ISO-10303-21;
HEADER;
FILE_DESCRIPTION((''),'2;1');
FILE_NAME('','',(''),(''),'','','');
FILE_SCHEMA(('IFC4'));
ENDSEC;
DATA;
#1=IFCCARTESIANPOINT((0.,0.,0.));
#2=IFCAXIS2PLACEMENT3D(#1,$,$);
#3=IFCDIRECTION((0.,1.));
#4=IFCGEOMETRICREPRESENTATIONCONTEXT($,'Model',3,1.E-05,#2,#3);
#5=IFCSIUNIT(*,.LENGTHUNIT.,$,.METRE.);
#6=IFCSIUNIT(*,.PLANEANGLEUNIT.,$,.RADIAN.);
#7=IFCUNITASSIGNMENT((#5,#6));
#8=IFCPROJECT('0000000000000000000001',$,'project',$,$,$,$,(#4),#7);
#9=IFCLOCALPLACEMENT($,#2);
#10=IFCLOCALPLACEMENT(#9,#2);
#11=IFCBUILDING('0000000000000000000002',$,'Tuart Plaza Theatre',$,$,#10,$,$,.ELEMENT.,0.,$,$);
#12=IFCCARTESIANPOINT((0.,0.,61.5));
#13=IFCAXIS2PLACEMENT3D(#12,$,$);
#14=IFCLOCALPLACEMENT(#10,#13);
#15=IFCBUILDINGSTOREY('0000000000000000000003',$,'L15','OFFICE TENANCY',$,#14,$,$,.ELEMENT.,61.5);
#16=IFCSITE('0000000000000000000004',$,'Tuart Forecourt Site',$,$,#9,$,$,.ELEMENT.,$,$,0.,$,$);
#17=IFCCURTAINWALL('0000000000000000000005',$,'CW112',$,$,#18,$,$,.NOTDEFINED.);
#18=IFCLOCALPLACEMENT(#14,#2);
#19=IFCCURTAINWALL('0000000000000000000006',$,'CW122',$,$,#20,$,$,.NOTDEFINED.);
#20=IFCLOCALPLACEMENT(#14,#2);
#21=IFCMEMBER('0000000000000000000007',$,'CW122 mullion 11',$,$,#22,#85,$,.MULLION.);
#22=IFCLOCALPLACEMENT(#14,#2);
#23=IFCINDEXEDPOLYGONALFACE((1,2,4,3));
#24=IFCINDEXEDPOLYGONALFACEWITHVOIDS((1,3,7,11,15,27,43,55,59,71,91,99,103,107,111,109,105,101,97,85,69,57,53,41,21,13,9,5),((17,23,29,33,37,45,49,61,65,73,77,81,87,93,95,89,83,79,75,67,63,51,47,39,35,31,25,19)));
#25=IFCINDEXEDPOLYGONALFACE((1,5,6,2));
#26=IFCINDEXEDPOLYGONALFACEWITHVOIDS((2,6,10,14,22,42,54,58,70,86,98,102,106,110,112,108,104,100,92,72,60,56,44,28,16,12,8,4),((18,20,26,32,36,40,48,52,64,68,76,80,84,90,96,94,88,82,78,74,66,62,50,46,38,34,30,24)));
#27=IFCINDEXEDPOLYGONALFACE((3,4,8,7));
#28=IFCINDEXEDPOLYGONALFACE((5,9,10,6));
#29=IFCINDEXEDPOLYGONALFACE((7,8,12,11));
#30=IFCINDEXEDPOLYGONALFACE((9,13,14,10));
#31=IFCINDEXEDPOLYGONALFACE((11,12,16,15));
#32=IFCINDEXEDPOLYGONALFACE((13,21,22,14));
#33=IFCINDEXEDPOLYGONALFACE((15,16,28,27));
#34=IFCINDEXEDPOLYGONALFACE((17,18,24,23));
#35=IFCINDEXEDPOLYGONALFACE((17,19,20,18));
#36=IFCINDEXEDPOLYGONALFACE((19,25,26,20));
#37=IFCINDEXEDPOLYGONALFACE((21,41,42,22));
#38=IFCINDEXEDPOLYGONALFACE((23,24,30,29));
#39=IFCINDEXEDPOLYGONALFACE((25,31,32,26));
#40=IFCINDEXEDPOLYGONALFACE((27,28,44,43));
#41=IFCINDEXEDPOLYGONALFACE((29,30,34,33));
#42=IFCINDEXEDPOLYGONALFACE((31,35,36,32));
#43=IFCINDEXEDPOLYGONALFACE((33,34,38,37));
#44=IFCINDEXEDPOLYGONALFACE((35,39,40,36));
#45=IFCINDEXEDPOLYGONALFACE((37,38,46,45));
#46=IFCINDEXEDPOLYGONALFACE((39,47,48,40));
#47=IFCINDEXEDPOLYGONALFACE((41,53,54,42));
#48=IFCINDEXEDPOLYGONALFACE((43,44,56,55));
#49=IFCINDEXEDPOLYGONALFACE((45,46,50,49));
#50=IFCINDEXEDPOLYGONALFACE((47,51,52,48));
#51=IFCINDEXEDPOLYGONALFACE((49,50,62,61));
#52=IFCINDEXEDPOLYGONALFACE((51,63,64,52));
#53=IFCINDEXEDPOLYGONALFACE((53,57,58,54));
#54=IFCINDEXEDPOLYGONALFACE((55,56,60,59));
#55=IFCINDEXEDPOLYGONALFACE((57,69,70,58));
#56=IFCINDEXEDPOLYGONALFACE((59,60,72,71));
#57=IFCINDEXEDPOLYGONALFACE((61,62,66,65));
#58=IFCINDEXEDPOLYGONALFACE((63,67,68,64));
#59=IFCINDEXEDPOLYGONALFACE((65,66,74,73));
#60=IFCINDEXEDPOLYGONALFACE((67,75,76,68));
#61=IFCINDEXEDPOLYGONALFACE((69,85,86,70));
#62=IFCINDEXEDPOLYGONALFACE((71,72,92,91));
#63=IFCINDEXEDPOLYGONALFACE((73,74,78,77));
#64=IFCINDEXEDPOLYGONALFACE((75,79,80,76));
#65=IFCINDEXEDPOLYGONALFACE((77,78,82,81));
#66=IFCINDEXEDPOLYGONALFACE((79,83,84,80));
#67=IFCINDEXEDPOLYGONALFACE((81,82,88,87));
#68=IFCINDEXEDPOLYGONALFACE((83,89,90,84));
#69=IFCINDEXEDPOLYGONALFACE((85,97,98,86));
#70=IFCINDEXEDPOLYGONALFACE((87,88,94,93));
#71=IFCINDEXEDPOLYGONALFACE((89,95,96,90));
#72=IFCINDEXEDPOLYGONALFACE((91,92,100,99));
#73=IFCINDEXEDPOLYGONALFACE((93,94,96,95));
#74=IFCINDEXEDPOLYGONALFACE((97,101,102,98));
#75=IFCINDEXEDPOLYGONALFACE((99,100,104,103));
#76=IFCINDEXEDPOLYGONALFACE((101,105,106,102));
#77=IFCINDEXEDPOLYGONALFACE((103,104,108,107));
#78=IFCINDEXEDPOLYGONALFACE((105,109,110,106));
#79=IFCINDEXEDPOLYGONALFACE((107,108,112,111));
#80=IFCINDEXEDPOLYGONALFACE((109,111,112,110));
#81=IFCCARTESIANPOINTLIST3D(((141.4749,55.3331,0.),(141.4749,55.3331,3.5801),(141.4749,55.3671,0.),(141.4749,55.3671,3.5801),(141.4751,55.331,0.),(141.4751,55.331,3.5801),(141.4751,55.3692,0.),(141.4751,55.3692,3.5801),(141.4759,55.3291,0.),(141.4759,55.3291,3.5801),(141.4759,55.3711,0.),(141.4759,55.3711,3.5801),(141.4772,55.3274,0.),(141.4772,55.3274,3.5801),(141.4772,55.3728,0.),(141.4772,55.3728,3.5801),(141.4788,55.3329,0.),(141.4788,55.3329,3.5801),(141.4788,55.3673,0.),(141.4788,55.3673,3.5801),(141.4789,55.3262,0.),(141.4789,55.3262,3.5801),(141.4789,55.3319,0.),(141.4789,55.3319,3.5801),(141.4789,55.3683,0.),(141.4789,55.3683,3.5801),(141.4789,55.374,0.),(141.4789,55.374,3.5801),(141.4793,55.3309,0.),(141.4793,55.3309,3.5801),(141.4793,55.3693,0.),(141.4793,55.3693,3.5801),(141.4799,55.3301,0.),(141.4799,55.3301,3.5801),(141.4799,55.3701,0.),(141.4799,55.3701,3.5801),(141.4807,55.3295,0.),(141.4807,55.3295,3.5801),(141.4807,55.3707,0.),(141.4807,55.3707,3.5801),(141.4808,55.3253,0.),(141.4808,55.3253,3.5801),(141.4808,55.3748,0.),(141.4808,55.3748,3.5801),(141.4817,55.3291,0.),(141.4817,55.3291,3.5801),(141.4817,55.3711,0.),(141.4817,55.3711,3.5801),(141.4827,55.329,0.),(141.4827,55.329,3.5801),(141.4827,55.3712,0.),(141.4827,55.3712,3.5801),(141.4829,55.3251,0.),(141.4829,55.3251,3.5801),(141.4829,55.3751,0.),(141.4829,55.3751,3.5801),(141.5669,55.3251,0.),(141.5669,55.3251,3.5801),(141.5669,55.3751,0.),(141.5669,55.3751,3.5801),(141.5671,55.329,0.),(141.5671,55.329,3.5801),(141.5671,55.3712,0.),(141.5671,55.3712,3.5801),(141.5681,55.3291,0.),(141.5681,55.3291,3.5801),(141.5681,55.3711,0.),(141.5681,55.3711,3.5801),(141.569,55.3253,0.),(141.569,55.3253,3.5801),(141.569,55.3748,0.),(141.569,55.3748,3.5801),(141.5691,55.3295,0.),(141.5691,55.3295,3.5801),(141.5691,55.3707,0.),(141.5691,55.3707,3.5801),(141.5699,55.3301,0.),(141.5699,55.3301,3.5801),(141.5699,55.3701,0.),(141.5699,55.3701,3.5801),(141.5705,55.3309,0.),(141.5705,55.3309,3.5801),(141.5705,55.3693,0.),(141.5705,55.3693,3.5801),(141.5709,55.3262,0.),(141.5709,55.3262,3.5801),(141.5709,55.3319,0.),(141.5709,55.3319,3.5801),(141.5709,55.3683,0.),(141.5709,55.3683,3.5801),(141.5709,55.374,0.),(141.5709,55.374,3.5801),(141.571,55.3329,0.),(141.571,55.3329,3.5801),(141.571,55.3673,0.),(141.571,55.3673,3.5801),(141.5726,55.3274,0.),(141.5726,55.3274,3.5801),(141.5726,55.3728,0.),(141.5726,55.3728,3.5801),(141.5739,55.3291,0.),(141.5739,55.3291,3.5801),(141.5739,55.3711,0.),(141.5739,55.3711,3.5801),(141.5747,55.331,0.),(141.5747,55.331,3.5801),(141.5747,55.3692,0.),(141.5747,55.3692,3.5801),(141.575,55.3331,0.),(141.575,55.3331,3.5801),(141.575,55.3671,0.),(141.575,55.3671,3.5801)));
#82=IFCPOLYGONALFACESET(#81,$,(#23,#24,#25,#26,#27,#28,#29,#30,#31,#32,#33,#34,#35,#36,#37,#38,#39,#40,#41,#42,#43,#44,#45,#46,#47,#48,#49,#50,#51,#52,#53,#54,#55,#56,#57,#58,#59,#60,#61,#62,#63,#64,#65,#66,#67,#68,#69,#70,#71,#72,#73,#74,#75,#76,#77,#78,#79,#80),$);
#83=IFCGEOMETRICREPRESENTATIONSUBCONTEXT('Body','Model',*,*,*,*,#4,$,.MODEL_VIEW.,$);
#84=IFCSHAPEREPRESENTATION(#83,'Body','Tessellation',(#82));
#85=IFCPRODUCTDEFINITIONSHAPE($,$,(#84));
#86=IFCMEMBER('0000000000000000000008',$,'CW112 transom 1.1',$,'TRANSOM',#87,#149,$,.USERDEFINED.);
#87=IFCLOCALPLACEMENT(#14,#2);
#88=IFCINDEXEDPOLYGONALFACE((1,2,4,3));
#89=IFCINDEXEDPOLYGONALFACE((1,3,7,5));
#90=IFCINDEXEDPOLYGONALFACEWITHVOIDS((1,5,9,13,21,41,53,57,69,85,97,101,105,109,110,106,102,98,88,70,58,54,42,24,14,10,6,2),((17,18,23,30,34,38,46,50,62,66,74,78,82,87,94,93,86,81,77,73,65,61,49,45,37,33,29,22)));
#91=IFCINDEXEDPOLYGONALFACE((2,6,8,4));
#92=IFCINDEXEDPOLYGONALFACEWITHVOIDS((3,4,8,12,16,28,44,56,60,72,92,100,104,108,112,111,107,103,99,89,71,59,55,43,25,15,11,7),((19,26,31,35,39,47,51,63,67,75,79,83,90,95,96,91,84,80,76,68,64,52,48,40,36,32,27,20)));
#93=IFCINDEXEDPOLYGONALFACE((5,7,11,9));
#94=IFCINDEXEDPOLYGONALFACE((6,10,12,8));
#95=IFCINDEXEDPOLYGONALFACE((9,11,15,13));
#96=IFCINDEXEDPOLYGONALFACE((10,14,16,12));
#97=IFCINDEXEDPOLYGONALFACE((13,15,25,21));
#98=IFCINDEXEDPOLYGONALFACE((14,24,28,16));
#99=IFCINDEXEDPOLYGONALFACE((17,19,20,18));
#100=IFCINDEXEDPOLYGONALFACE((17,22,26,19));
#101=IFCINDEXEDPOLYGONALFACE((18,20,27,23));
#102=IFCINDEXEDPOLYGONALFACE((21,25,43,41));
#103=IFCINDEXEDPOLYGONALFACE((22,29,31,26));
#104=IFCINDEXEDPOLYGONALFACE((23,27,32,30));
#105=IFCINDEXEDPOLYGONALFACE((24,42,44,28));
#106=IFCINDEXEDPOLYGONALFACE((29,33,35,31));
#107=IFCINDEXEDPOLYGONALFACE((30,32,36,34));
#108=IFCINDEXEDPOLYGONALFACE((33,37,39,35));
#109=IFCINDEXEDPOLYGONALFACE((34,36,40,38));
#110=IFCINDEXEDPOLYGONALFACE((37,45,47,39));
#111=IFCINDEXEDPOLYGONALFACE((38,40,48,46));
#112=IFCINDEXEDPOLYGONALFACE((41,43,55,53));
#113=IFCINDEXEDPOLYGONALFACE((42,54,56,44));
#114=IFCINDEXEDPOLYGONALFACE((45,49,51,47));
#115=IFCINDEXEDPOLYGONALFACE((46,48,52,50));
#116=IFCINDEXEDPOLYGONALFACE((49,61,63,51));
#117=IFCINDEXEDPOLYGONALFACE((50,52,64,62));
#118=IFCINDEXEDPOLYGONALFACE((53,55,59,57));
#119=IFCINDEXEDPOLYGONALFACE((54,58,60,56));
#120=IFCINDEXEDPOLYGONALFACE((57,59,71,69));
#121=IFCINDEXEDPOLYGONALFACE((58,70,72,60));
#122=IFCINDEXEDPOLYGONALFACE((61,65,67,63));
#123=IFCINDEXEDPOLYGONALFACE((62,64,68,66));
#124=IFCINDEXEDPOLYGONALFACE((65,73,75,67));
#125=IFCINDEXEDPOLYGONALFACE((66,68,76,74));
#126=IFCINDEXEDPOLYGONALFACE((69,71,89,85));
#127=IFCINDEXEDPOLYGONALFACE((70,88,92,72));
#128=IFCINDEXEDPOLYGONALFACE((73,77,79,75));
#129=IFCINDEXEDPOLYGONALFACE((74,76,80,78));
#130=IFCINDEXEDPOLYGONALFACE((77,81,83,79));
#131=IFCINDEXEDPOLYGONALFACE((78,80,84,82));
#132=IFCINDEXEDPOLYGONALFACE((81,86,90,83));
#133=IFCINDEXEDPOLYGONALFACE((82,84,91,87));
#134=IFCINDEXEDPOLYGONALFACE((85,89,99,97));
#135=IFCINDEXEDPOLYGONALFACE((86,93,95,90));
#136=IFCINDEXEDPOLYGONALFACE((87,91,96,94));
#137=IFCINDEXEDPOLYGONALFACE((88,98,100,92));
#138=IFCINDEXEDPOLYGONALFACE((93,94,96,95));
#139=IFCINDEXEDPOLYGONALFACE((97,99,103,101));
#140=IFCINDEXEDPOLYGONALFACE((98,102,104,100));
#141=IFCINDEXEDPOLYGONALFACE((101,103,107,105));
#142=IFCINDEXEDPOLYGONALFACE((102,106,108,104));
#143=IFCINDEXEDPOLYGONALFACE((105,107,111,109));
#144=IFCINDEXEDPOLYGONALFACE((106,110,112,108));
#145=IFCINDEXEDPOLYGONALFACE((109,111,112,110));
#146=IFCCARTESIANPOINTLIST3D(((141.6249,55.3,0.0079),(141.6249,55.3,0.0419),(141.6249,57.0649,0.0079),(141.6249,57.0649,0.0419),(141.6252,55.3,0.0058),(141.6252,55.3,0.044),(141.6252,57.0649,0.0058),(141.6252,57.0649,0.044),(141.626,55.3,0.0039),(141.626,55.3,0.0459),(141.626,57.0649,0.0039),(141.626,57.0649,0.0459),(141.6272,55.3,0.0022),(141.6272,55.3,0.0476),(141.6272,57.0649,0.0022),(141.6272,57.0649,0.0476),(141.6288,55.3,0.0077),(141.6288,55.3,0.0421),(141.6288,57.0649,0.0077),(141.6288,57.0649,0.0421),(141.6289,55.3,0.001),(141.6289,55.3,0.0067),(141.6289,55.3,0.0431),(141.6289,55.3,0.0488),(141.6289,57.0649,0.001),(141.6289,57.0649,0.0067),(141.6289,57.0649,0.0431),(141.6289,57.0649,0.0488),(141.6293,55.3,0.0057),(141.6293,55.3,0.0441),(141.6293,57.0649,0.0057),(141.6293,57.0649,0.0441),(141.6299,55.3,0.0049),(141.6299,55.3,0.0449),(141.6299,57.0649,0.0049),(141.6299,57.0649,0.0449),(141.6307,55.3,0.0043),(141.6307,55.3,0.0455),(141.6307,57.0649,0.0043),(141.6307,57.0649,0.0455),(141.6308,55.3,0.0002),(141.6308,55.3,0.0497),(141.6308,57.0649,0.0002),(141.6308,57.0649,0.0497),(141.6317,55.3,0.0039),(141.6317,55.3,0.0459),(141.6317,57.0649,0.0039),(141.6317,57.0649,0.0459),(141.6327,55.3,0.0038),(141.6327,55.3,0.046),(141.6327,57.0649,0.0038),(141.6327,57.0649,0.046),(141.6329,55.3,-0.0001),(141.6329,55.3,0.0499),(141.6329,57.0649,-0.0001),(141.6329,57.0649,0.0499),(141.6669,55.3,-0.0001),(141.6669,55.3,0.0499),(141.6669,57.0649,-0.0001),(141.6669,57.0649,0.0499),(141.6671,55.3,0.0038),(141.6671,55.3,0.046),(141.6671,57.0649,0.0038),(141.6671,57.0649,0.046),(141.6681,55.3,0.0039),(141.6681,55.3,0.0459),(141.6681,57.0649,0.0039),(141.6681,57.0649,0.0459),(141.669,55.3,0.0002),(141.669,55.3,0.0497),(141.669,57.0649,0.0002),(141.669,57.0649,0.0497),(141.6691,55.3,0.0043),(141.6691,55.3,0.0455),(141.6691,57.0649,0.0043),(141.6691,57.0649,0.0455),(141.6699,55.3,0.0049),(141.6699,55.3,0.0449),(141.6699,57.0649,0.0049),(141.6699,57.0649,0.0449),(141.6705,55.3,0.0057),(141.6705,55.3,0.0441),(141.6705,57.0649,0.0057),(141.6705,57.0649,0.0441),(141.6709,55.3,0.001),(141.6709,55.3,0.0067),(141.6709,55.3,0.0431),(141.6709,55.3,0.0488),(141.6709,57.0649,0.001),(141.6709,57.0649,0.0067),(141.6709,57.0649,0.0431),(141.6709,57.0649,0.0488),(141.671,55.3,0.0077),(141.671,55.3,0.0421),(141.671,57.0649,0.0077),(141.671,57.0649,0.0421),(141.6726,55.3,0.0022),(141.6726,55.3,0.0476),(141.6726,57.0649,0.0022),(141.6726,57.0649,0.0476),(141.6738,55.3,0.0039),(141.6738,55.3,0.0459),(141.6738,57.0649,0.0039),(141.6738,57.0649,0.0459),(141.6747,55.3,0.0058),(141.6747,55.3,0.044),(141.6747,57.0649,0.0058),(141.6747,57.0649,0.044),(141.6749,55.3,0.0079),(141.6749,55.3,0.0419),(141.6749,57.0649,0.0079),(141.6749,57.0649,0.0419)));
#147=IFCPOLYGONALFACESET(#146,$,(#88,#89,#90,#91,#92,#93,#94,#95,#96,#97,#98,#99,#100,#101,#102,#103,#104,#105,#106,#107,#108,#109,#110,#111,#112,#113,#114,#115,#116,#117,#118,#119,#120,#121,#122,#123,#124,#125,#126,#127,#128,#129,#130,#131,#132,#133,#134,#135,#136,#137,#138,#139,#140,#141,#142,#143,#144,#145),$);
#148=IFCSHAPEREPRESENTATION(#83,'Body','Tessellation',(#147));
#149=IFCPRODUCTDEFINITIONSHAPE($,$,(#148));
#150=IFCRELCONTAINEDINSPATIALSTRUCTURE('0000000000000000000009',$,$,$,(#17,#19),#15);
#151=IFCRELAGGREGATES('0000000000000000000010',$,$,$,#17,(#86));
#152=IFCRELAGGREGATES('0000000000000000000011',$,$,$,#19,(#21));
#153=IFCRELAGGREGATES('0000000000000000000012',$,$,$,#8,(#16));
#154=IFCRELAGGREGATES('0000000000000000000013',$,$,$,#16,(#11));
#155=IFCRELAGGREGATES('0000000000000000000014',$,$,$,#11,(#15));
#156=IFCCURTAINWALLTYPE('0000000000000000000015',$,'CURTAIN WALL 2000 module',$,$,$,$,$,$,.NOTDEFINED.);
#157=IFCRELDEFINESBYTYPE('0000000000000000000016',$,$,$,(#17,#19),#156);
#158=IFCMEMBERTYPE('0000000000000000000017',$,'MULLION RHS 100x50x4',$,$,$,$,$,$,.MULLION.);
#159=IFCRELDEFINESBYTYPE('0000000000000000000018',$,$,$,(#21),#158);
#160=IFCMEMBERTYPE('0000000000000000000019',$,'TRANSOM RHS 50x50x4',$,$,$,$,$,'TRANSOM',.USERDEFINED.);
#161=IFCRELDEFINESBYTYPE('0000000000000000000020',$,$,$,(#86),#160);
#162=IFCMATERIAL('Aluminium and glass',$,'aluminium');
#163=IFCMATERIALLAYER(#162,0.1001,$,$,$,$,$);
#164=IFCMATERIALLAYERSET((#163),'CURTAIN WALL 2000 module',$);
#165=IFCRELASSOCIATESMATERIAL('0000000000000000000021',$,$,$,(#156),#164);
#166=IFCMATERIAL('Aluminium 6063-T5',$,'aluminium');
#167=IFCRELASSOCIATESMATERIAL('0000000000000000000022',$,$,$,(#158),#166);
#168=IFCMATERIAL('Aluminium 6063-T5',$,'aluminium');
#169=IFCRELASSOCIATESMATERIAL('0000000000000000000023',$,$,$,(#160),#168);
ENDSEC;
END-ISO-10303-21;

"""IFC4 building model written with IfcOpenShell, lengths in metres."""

from ifc_helpers import new_model, si_unit, direction, frame, origin, origin_2d, place, context, subcontext, project, spatial, hollow_rectangle, extrude, material, layer, layer_set, material_profile, profile_set, type_object, element, aggregate, save


model = new_model("IFC4")

# Units and contexts
model_context = context("Model", 3, precision=1e-05, world=origin(), true_north=direction((0.0, 1.0)))
body_context = subcontext(model_context, "Body", "Model", "MODEL_VIEW")
ifc_project = project(units=[si_unit("LENGTHUNIT", "METRE"), si_unit("PLANEANGLEUNIT", "RADIAN")], contexts=[model_context])

# Site, building, storey
site_placement = place(None, origin())
site = spatial("IfcSite", under=ifc_project, at=site_placement, Name="Tuart Forecourt Site", CompositionType="ELEMENT", RefElevation=0.0)
building_placement = place(site_placement, origin())
building = spatial("IfcBuilding", under=site, at=building_placement, Name="Tuart Plaza Theatre", CompositionType="ELEMENT", ElevationOfRefHeight=0.0)
storey_placement = place(building_placement, frame((0.0, 0.0, 61.5)))
storey = spatial("IfcBuildingStorey", under=building, at=storey_placement, Name="L15", Description="OFFICE TENANCY", CompositionType="ELEMENT", Elevation=61.5)

# Curtain wall
ifc_material_1 = material(Name="Aluminium and glass", Category="aluminium")
ifc_layer_1 = layer(ifc_material_1, 0.1001)
ifc_layer_set_1 = layer_set([ifc_layer_1], Name="CURTAIN WALL 2000 module")
curtain_wall_type = type_object("IfcCurtainWallType", Name="CURTAIN WALL 2000 module", PredefinedType="NOTDEFINED", material=ifc_layer_set_1)
curtain_wall_1_placement = place(storey_placement, origin())
curtain_wall_1 = element("IfcCurtainWall", 1, at=curtain_wall_1_placement, inside=storey, type_object=curtain_wall_type, Name="CW112", PredefinedType="NOTDEFINED")
ifc_material_2 = material(Name="Aluminium 6063-T5", Category="aluminium")
ifc_material_profile_1 = material_profile(ifc_material_2, hollow_rectangle(XDim=0.05, YDim=0.1001, WallThickness=0.0039, InnerFilletRadius=0.0039, OuterFilletRadius=0.0081, at=origin_2d()), Name="RHS 100x50x4")
ifc_profile_set_1 = profile_set([ifc_material_profile_1], Name="Aluminium 6063-T5")
member_type_1 = type_object("IfcMemberType", Name="MULLION RHS 100x50x4", PredefinedType="MULLION", material=ifc_profile_set_1)

# Curtain wall, member
curtain_wall_2_placement = place(storey_placement, origin())
curtain_wall_2 = element("IfcCurtainWall", 2, at=curtain_wall_2_placement, inside=storey, type_object=curtain_wall_type, Name="CW122", PredefinedType="NOTDEFINED")
member_1_placement = place(storey_placement, frame((141.5249, 55.3501, 0.0), z_axis=(0.0, 0.0, 1.0), x_axis=(0.0, 1.0, 0.0)))
member_1 = element("IfcMember", 3, at=member_1_placement, type_object=member_type_1, Name="CW122 mullion 11", PredefinedType="MULLION", context=body_context, shape_type="SweptSolid", body=[
    extrude(hollow_rectangle(XDim=0.05, YDim=0.1001, WallThickness=0.0039, InnerFilletRadius=0.0039, OuterFilletRadius=0.0081, at=origin_2d()), origin(), (0.0, 0.0, 1.0), 3.5801),
])

# Member
ifc_material_3 = material(Name="Aluminium 6063-T5", Category="aluminium")
ifc_material_profile_2 = material_profile(ifc_material_3, hollow_rectangle(XDim=0.05, YDim=0.05, WallThickness=0.0039, InnerFilletRadius=0.0039, OuterFilletRadius=0.0081, at=origin_2d()), Name="RHS 50x50x4")
ifc_profile_set_2 = profile_set([ifc_material_profile_2], Name="Aluminium 6063-T5")
member_type_2 = type_object("IfcMemberType", Name="TRANSOM RHS 50x50x4", ElementType="TRANSOM", PredefinedType="USERDEFINED", material=ifc_profile_set_2)
member_2_placement = place(storey_placement, frame((141.6499, 55.3, 0.0249), z_axis=(0.0, 1.0, 0.0), x_axis=(-1.0, 0.0, 0.0)))
member_2 = element("IfcMember", 4, at=member_2_placement, type_object=member_type_2, Name="CW112 transom 1.1", ObjectType="TRANSOM", PredefinedType="USERDEFINED", context=body_context, shape_type="SweptSolid", body=[
    extrude(hollow_rectangle(XDim=0.05, YDim=0.05, WallThickness=0.0039, InnerFilletRadius=0.0039, OuterFilletRadius=0.0081, at=origin_2d()), origin(), (0.0, 0.0, 1.0), 1.7649),
])

aggregate(curtain_wall_1, [member_2])
aggregate(curtain_wall_2, [member_1])

save(model, "model.ifc")
